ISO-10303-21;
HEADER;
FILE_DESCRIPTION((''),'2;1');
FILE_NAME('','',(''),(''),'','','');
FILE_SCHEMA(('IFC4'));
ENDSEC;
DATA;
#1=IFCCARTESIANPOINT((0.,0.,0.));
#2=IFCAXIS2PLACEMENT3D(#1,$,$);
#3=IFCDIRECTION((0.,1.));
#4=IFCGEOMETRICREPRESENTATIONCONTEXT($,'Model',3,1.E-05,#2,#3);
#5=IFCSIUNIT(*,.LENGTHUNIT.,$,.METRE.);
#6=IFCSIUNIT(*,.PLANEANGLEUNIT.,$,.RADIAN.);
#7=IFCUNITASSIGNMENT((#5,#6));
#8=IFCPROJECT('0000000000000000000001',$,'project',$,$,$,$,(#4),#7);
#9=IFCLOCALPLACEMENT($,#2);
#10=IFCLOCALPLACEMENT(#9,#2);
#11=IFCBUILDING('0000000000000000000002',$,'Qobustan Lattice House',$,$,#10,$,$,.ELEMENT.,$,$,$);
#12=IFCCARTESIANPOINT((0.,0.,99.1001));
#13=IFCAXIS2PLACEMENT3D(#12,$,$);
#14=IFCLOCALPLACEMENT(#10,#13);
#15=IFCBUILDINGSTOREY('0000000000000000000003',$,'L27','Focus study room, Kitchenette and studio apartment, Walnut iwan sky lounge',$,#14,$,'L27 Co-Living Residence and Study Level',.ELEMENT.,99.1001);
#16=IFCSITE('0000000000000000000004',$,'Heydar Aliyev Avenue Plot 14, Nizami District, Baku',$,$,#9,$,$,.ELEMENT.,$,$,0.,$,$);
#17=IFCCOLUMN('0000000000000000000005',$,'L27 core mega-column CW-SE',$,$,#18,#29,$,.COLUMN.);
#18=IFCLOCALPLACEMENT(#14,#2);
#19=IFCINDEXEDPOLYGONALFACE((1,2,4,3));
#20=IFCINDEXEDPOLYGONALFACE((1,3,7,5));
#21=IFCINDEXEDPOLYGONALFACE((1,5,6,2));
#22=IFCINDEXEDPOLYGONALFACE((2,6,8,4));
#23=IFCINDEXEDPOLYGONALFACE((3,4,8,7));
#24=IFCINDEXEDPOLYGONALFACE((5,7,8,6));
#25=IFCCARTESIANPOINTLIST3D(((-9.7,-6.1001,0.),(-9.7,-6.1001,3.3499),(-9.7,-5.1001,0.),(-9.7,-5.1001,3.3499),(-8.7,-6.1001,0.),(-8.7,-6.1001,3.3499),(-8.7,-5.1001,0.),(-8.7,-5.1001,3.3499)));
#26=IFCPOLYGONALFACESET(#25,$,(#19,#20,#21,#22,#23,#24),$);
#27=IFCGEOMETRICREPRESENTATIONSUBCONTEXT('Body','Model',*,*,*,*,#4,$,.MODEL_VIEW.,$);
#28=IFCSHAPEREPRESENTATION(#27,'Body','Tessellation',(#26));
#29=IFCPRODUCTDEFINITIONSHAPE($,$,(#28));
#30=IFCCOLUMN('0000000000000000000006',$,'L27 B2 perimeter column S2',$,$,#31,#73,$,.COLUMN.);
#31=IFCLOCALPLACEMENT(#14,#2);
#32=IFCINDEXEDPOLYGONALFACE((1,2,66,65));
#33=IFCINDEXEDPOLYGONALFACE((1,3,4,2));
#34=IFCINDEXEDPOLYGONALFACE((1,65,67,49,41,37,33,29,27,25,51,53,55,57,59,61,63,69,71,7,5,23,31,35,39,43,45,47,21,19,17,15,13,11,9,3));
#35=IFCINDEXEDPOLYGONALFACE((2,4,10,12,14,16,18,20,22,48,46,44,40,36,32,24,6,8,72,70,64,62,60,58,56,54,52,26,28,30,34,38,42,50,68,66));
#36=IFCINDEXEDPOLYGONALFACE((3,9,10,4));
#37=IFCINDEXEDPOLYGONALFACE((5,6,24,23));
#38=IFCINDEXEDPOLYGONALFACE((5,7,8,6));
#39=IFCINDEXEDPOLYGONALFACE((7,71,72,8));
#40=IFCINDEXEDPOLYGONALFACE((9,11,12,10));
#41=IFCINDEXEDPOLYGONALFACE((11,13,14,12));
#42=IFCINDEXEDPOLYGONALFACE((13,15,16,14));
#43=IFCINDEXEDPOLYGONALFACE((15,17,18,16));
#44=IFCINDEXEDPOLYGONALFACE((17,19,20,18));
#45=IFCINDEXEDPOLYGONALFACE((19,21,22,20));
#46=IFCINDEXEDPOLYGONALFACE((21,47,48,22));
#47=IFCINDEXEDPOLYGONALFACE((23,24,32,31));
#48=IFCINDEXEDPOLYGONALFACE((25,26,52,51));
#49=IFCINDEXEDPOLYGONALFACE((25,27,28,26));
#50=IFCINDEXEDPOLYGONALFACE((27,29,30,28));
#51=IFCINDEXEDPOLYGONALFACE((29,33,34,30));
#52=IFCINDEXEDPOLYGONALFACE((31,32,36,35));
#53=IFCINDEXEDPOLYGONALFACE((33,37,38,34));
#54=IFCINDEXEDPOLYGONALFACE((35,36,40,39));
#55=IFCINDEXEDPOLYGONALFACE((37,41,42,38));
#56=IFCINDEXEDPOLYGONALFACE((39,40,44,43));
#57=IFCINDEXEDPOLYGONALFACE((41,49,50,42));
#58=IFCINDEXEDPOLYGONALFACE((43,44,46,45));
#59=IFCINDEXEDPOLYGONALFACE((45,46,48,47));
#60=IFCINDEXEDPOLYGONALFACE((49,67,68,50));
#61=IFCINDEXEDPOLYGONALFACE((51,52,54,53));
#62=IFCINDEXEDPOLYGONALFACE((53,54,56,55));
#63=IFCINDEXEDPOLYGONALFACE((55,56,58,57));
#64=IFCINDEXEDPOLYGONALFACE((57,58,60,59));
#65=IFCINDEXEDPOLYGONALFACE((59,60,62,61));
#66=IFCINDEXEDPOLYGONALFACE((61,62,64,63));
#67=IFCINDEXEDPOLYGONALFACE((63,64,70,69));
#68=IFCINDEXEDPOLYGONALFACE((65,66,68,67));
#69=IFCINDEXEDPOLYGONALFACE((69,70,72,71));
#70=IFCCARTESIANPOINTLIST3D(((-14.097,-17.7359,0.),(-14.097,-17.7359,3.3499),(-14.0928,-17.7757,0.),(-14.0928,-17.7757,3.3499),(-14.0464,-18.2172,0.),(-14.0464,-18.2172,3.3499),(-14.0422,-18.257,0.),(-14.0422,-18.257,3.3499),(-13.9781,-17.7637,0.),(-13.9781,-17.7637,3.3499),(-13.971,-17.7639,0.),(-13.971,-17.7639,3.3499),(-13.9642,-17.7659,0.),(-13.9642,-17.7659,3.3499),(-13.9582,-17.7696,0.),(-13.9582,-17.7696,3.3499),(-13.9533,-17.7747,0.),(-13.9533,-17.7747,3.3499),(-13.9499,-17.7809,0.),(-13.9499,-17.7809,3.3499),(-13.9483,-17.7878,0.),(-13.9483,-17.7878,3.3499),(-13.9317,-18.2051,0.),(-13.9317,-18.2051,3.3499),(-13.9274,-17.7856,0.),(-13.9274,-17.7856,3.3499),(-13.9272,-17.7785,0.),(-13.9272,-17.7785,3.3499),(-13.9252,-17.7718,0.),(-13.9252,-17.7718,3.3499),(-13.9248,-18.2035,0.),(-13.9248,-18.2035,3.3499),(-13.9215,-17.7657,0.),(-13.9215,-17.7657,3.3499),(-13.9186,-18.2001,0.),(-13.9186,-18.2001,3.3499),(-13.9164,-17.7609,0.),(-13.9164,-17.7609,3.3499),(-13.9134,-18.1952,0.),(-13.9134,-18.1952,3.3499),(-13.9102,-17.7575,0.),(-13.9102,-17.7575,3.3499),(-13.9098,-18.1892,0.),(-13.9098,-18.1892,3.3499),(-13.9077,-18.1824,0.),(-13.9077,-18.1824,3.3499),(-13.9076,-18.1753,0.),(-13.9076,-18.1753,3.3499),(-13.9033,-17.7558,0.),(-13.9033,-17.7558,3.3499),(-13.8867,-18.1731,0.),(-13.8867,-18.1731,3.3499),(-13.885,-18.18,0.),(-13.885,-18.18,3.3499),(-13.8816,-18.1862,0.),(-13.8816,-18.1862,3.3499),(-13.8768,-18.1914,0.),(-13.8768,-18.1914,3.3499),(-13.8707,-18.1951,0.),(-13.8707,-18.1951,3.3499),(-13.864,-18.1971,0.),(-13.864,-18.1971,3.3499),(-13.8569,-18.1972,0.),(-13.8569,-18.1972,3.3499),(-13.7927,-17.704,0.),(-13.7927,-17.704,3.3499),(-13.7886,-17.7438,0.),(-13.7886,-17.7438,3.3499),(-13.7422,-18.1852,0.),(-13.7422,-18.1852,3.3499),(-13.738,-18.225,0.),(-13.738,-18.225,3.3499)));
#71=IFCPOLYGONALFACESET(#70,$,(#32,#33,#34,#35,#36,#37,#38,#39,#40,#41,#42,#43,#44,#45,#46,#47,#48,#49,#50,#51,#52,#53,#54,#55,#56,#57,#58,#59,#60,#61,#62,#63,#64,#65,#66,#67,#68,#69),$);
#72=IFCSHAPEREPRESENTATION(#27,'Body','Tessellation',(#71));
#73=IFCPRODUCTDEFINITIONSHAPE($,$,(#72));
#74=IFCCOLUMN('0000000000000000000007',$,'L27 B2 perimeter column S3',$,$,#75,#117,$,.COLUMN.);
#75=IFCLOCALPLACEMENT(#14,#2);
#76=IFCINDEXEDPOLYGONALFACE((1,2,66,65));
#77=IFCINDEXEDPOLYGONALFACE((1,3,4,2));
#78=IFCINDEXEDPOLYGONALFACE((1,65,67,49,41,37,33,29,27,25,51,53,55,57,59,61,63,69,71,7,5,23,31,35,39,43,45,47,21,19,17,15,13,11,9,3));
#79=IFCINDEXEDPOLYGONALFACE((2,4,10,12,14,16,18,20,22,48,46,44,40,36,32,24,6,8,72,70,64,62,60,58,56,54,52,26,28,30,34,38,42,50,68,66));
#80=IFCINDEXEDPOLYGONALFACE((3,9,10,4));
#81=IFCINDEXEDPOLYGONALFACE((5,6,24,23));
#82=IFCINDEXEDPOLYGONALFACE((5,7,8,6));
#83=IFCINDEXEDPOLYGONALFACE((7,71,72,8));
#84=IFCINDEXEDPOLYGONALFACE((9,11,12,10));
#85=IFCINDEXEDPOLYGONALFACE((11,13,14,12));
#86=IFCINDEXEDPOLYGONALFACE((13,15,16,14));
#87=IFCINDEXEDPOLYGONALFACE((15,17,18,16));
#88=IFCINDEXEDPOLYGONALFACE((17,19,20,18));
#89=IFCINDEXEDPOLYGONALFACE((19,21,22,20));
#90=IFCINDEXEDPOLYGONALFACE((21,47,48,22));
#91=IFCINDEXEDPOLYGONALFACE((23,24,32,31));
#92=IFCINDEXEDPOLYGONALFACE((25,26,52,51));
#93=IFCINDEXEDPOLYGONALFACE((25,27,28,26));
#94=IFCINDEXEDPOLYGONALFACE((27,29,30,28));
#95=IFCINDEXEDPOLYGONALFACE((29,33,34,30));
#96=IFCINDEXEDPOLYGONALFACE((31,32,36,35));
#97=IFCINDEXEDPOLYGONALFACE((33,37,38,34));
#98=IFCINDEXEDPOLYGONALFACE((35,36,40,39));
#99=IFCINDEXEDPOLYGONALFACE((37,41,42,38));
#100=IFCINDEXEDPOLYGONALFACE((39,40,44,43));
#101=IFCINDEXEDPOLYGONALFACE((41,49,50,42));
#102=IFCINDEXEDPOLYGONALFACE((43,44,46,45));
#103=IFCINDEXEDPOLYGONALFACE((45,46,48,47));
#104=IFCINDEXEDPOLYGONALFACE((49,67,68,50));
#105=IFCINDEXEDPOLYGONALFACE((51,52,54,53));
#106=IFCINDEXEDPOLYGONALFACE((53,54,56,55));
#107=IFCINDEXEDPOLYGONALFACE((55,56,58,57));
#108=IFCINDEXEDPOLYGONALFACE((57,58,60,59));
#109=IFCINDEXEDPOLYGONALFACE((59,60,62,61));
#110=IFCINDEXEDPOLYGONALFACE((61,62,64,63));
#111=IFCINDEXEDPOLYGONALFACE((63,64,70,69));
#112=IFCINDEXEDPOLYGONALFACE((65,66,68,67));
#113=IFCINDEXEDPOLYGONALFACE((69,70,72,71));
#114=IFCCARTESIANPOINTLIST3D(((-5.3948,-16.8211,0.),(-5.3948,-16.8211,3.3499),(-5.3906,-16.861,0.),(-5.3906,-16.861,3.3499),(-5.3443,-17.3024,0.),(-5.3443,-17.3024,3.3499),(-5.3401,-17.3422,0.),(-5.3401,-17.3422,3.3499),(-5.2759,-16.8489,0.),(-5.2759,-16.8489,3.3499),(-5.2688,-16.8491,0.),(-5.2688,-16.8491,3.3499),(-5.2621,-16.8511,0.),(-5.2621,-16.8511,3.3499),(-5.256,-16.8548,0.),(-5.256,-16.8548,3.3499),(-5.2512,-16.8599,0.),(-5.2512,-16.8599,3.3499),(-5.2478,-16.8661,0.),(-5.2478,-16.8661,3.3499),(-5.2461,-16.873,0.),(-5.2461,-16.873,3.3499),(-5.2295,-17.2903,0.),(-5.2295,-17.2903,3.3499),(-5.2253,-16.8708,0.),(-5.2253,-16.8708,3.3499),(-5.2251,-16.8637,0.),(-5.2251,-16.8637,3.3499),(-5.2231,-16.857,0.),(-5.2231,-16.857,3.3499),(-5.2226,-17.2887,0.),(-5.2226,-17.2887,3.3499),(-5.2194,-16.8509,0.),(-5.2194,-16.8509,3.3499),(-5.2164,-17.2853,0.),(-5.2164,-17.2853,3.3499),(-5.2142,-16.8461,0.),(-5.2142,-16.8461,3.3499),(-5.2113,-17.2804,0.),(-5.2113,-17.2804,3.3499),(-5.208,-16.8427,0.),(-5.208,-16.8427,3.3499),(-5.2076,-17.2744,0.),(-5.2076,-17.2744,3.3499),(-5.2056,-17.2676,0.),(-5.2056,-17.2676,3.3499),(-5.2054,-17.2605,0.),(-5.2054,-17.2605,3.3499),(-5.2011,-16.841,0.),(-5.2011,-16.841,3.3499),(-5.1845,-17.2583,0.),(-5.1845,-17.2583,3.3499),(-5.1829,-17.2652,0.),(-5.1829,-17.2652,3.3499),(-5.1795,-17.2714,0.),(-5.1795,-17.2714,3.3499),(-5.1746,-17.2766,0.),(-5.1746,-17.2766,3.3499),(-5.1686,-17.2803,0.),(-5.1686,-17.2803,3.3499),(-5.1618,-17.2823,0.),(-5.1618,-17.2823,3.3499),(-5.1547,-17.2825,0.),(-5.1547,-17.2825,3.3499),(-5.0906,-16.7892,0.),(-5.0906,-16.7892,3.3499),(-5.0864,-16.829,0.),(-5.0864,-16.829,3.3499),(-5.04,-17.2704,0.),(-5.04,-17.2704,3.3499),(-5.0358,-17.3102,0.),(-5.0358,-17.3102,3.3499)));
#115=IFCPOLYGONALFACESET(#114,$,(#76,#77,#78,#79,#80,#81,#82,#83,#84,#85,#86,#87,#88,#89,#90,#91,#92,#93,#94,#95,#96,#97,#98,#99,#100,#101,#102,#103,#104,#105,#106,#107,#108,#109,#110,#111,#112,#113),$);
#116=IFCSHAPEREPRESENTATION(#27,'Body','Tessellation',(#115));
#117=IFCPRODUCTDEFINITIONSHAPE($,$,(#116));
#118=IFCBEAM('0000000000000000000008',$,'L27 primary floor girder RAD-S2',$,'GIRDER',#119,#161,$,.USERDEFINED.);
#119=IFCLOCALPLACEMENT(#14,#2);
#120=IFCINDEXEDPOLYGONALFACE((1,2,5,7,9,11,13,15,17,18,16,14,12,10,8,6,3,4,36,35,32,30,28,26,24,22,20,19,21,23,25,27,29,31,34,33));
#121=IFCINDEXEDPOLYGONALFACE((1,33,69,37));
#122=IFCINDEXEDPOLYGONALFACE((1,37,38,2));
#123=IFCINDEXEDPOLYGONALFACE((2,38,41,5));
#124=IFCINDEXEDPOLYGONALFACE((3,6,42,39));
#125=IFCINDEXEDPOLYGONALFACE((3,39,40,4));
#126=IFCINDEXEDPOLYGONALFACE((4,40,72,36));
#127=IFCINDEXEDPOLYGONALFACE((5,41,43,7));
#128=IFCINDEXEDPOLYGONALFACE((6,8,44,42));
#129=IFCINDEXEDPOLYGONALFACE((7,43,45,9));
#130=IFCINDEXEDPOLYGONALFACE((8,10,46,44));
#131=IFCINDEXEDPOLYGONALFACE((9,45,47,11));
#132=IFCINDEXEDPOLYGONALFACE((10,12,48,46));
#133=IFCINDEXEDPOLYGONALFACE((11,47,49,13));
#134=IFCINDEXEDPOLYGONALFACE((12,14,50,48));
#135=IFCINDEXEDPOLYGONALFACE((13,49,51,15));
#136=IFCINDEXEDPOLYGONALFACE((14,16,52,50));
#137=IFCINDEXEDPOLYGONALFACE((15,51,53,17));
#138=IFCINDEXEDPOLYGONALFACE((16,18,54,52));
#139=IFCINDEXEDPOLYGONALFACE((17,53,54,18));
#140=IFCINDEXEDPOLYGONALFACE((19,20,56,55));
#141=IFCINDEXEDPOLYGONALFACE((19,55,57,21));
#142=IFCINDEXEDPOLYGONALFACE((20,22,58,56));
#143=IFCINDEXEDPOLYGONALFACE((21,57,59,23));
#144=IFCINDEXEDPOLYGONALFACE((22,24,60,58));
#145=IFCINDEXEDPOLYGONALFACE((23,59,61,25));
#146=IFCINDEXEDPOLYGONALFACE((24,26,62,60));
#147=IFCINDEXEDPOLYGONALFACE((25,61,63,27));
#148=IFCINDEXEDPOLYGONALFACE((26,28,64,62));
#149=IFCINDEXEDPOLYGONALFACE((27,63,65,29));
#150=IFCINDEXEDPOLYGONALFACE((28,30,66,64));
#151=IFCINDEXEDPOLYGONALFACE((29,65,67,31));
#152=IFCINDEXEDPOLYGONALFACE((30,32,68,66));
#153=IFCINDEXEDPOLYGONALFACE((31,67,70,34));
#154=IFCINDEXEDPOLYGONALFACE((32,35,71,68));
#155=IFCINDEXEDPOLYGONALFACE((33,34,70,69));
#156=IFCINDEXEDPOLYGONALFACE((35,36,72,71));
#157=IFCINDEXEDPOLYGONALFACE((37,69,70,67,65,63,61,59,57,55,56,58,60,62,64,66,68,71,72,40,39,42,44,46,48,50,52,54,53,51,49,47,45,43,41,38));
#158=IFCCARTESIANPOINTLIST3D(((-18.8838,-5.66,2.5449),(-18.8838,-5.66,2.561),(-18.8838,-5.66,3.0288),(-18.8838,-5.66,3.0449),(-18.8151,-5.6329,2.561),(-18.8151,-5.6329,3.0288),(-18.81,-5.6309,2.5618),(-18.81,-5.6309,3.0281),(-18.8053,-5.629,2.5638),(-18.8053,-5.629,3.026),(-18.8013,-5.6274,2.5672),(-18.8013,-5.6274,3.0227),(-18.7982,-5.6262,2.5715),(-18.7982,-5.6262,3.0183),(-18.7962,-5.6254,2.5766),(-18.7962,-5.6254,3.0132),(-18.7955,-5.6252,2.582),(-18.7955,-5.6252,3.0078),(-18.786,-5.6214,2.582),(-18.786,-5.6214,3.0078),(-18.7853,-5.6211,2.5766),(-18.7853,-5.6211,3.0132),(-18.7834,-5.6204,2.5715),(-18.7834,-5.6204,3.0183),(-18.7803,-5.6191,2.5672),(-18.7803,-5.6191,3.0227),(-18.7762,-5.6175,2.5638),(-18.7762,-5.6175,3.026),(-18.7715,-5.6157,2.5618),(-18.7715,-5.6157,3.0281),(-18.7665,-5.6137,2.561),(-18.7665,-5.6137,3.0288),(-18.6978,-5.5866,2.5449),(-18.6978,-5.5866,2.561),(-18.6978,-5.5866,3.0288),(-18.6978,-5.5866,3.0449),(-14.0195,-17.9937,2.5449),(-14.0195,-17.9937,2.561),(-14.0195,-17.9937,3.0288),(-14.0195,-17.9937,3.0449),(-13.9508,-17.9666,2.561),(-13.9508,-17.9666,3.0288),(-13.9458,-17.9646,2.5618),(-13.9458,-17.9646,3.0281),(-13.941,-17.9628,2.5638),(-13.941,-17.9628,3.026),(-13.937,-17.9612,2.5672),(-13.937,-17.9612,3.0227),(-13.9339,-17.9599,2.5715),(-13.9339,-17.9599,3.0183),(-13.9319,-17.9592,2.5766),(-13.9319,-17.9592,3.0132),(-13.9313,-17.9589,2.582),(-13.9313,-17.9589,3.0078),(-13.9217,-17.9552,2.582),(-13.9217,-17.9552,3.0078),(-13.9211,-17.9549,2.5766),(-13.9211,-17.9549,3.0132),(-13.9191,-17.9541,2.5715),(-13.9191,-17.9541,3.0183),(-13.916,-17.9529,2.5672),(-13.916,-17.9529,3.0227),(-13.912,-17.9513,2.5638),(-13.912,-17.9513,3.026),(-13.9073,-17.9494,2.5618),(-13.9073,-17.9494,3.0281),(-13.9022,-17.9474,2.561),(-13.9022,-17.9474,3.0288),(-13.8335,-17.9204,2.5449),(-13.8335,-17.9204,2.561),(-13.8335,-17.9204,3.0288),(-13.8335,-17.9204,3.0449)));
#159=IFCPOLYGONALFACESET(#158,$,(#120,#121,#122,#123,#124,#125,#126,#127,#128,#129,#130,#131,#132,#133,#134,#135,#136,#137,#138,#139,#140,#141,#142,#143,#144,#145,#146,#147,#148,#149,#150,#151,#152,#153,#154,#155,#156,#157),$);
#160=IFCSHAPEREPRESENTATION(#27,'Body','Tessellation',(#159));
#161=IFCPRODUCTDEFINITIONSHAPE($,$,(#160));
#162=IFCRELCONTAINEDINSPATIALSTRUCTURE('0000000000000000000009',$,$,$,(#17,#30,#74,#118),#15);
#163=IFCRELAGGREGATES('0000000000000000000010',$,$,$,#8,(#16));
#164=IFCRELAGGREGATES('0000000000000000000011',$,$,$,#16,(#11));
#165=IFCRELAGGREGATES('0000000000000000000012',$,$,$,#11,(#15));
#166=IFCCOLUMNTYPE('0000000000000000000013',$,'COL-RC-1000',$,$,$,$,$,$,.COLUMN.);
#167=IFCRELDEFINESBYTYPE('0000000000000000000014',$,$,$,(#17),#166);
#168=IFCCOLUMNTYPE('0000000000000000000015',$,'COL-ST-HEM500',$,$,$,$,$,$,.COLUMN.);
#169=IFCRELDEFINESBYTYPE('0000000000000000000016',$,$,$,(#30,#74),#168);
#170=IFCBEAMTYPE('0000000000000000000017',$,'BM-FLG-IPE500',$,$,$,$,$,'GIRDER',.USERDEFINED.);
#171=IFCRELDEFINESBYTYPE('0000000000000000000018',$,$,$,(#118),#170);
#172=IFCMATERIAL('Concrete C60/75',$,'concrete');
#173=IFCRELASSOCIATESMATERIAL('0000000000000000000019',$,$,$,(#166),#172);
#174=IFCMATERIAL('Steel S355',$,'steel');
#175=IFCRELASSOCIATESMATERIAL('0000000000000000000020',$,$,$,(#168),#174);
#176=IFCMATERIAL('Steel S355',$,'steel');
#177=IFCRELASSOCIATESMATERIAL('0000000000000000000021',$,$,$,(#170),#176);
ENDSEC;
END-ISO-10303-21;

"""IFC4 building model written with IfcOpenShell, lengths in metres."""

from ifc_helpers import new_model, si_unit, direction, frame, origin, origin_2d, place, context, subcontext, project, spatial, rectangle, i_section, extrude, material, material_profile, profile_set, type_object, element, save


model = new_model("IFC4")

# Units and contexts
model_context = context("Model", 3, precision=1e-05, world=origin(), true_north=direction((0.0, 1.0)))
body_context = subcontext(model_context, "Body", "Model", "MODEL_VIEW")
ifc_project = project(units=[si_unit("LENGTHUNIT", "METRE"), si_unit("PLANEANGLEUNIT", "RADIAN")], contexts=[model_context])

# Site, building, storey
site_placement = place(None, origin())
site = spatial("IfcSite", under=ifc_project, at=site_placement, Name="Heydar Aliyev Avenue Plot 14, Nizami District, Baku", CompositionType="ELEMENT", RefElevation=0.0)
building_placement = place(site_placement, origin())
building = spatial("IfcBuilding", under=site, at=building_placement, Name="Qobustan Lattice House", CompositionType="ELEMENT")
storey_placement = place(building_placement, frame((0.0, 0.0, 99.1001)))
storey = spatial("IfcBuildingStorey", under=building, at=storey_placement, Name="L27", Description="Focus study room, Kitchenette and studio apartment, Walnut iwan sky lounge", LongName="L27 Co-Living Residence and Study Level", CompositionType="ELEMENT", Elevation=99.1001)

# Columns
ifc_material_1 = material(Name="Concrete C60/75", Category="concrete")
ifc_material_profile_1 = material_profile(ifc_material_1, rectangle(XDim=1.0, YDim=1.0, at=origin_2d()), Name="RC1000x1000")
ifc_profile_set_1 = profile_set([ifc_material_profile_1], Name="Concrete C60/75")
column_type_1 = type_object("IfcColumnType", Name="COL-RC-1000", PredefinedType="COLUMN", material=ifc_profile_set_1)
column_placement = place(storey_placement, frame((-9.2, -5.6001, 0.0), z_axis=(0.0, 0.0, 1.0), x_axis=(1.0, 0.0, 0.0)))
element("IfcColumn", 1, at=column_placement, inside=storey, type_object=column_type_1, Name="L27 core mega-column CW-SE", PredefinedType="COLUMN", context=body_context, shape_type="SweptSolid", body=[
    extrude(rectangle(XDim=1.0, YDim=1.0, at=origin_2d()), origin(), (0.0, 0.0, 1.0), 3.3499),
])
ifc_material_2 = material(Name="Steel S355", Category="steel")
ifc_material_profile_2 = material_profile(ifc_material_2, i_section(OverallWidth=0.3059, OverallDepth=0.5239, WebThickness=0.021, FlangeThickness=0.04, FilletRadius=0.0271, at=origin_2d()), Name="HEM500")
ifc_profile_set_2 = profile_set([ifc_material_profile_2], Name="Steel S355")
column_type_2 = type_object("IfcColumnType", Name="COL-ST-HEM500", PredefinedType="COLUMN", material=ifc_profile_set_2)
for number, where, z_axis, x_axis, name in (
    (2, (-13.9175, -17.9805, 0.0), (0.0, 0.0, 1.0), (0.994522, 0.104528, 0.0), "L27 B2 perimeter column S2"),
    (3, (-5.2153, -17.0657, 0.0), (0.0, 0.0, 1.0), (0.994522, 0.104528, 0.0), "L27 B2 perimeter column S3"),
):
    element("IfcColumn", number, at=place(storey_placement, frame(where, z_axis=z_axis, x_axis=x_axis)), inside=storey, type_object=column_type_2, Name=name, PredefinedType="COLUMN", context=body_context, shape_type="SweptSolid", body=[
        extrude(i_section(OverallWidth=0.3059, OverallDepth=0.5239, WebThickness=0.021, FlangeThickness=0.04, FilletRadius=0.0271, at=origin_2d()), origin(), (0.0, 0.0, 1.0), 3.3499),
    ])

# Beam
ifc_material_3 = material(Name="Steel S355", Category="steel")
ifc_material_profile_3 = material_profile(ifc_material_3, i_section(OverallWidth=0.2, OverallDepth=0.5, WebThickness=0.0103, FlangeThickness=0.0161, FilletRadius=0.021, at=origin_2d()), Name="IPE500")
ifc_profile_set_3 = profile_set([ifc_material_profile_3], Name="Steel S355")
beam_type_1 = type_object("IfcBeamType", Name="BM-FLG-IPE500", ElementType="GIRDER", PredefinedType="USERDEFINED", material=ifc_profile_set_3)
beam_1_placement = place(storey_placement, frame((-13.9265, -17.957, 2.7949), z_axis=(-0.366884, 0.930267, 0.0), x_axis=(-0.930267, -0.366884, 0.0)))
element("IfcBeam", 4, at=beam_1_placement, inside=storey, type_object=beam_type_1, Name="L27 primary floor girder RAD-S2", ObjectType="GIRDER", PredefinedType="USERDEFINED", context=body_context, shape_type="SweptSolid", body=[
    extrude(i_section(OverallWidth=0.2, OverallDepth=0.5, WebThickness=0.0103, FlangeThickness=0.0161, FilletRadius=0.021, at=origin_2d()), origin(), (0.0, 0.0, 1.0), 13.2583),
])

save(model, "model.ifc")
